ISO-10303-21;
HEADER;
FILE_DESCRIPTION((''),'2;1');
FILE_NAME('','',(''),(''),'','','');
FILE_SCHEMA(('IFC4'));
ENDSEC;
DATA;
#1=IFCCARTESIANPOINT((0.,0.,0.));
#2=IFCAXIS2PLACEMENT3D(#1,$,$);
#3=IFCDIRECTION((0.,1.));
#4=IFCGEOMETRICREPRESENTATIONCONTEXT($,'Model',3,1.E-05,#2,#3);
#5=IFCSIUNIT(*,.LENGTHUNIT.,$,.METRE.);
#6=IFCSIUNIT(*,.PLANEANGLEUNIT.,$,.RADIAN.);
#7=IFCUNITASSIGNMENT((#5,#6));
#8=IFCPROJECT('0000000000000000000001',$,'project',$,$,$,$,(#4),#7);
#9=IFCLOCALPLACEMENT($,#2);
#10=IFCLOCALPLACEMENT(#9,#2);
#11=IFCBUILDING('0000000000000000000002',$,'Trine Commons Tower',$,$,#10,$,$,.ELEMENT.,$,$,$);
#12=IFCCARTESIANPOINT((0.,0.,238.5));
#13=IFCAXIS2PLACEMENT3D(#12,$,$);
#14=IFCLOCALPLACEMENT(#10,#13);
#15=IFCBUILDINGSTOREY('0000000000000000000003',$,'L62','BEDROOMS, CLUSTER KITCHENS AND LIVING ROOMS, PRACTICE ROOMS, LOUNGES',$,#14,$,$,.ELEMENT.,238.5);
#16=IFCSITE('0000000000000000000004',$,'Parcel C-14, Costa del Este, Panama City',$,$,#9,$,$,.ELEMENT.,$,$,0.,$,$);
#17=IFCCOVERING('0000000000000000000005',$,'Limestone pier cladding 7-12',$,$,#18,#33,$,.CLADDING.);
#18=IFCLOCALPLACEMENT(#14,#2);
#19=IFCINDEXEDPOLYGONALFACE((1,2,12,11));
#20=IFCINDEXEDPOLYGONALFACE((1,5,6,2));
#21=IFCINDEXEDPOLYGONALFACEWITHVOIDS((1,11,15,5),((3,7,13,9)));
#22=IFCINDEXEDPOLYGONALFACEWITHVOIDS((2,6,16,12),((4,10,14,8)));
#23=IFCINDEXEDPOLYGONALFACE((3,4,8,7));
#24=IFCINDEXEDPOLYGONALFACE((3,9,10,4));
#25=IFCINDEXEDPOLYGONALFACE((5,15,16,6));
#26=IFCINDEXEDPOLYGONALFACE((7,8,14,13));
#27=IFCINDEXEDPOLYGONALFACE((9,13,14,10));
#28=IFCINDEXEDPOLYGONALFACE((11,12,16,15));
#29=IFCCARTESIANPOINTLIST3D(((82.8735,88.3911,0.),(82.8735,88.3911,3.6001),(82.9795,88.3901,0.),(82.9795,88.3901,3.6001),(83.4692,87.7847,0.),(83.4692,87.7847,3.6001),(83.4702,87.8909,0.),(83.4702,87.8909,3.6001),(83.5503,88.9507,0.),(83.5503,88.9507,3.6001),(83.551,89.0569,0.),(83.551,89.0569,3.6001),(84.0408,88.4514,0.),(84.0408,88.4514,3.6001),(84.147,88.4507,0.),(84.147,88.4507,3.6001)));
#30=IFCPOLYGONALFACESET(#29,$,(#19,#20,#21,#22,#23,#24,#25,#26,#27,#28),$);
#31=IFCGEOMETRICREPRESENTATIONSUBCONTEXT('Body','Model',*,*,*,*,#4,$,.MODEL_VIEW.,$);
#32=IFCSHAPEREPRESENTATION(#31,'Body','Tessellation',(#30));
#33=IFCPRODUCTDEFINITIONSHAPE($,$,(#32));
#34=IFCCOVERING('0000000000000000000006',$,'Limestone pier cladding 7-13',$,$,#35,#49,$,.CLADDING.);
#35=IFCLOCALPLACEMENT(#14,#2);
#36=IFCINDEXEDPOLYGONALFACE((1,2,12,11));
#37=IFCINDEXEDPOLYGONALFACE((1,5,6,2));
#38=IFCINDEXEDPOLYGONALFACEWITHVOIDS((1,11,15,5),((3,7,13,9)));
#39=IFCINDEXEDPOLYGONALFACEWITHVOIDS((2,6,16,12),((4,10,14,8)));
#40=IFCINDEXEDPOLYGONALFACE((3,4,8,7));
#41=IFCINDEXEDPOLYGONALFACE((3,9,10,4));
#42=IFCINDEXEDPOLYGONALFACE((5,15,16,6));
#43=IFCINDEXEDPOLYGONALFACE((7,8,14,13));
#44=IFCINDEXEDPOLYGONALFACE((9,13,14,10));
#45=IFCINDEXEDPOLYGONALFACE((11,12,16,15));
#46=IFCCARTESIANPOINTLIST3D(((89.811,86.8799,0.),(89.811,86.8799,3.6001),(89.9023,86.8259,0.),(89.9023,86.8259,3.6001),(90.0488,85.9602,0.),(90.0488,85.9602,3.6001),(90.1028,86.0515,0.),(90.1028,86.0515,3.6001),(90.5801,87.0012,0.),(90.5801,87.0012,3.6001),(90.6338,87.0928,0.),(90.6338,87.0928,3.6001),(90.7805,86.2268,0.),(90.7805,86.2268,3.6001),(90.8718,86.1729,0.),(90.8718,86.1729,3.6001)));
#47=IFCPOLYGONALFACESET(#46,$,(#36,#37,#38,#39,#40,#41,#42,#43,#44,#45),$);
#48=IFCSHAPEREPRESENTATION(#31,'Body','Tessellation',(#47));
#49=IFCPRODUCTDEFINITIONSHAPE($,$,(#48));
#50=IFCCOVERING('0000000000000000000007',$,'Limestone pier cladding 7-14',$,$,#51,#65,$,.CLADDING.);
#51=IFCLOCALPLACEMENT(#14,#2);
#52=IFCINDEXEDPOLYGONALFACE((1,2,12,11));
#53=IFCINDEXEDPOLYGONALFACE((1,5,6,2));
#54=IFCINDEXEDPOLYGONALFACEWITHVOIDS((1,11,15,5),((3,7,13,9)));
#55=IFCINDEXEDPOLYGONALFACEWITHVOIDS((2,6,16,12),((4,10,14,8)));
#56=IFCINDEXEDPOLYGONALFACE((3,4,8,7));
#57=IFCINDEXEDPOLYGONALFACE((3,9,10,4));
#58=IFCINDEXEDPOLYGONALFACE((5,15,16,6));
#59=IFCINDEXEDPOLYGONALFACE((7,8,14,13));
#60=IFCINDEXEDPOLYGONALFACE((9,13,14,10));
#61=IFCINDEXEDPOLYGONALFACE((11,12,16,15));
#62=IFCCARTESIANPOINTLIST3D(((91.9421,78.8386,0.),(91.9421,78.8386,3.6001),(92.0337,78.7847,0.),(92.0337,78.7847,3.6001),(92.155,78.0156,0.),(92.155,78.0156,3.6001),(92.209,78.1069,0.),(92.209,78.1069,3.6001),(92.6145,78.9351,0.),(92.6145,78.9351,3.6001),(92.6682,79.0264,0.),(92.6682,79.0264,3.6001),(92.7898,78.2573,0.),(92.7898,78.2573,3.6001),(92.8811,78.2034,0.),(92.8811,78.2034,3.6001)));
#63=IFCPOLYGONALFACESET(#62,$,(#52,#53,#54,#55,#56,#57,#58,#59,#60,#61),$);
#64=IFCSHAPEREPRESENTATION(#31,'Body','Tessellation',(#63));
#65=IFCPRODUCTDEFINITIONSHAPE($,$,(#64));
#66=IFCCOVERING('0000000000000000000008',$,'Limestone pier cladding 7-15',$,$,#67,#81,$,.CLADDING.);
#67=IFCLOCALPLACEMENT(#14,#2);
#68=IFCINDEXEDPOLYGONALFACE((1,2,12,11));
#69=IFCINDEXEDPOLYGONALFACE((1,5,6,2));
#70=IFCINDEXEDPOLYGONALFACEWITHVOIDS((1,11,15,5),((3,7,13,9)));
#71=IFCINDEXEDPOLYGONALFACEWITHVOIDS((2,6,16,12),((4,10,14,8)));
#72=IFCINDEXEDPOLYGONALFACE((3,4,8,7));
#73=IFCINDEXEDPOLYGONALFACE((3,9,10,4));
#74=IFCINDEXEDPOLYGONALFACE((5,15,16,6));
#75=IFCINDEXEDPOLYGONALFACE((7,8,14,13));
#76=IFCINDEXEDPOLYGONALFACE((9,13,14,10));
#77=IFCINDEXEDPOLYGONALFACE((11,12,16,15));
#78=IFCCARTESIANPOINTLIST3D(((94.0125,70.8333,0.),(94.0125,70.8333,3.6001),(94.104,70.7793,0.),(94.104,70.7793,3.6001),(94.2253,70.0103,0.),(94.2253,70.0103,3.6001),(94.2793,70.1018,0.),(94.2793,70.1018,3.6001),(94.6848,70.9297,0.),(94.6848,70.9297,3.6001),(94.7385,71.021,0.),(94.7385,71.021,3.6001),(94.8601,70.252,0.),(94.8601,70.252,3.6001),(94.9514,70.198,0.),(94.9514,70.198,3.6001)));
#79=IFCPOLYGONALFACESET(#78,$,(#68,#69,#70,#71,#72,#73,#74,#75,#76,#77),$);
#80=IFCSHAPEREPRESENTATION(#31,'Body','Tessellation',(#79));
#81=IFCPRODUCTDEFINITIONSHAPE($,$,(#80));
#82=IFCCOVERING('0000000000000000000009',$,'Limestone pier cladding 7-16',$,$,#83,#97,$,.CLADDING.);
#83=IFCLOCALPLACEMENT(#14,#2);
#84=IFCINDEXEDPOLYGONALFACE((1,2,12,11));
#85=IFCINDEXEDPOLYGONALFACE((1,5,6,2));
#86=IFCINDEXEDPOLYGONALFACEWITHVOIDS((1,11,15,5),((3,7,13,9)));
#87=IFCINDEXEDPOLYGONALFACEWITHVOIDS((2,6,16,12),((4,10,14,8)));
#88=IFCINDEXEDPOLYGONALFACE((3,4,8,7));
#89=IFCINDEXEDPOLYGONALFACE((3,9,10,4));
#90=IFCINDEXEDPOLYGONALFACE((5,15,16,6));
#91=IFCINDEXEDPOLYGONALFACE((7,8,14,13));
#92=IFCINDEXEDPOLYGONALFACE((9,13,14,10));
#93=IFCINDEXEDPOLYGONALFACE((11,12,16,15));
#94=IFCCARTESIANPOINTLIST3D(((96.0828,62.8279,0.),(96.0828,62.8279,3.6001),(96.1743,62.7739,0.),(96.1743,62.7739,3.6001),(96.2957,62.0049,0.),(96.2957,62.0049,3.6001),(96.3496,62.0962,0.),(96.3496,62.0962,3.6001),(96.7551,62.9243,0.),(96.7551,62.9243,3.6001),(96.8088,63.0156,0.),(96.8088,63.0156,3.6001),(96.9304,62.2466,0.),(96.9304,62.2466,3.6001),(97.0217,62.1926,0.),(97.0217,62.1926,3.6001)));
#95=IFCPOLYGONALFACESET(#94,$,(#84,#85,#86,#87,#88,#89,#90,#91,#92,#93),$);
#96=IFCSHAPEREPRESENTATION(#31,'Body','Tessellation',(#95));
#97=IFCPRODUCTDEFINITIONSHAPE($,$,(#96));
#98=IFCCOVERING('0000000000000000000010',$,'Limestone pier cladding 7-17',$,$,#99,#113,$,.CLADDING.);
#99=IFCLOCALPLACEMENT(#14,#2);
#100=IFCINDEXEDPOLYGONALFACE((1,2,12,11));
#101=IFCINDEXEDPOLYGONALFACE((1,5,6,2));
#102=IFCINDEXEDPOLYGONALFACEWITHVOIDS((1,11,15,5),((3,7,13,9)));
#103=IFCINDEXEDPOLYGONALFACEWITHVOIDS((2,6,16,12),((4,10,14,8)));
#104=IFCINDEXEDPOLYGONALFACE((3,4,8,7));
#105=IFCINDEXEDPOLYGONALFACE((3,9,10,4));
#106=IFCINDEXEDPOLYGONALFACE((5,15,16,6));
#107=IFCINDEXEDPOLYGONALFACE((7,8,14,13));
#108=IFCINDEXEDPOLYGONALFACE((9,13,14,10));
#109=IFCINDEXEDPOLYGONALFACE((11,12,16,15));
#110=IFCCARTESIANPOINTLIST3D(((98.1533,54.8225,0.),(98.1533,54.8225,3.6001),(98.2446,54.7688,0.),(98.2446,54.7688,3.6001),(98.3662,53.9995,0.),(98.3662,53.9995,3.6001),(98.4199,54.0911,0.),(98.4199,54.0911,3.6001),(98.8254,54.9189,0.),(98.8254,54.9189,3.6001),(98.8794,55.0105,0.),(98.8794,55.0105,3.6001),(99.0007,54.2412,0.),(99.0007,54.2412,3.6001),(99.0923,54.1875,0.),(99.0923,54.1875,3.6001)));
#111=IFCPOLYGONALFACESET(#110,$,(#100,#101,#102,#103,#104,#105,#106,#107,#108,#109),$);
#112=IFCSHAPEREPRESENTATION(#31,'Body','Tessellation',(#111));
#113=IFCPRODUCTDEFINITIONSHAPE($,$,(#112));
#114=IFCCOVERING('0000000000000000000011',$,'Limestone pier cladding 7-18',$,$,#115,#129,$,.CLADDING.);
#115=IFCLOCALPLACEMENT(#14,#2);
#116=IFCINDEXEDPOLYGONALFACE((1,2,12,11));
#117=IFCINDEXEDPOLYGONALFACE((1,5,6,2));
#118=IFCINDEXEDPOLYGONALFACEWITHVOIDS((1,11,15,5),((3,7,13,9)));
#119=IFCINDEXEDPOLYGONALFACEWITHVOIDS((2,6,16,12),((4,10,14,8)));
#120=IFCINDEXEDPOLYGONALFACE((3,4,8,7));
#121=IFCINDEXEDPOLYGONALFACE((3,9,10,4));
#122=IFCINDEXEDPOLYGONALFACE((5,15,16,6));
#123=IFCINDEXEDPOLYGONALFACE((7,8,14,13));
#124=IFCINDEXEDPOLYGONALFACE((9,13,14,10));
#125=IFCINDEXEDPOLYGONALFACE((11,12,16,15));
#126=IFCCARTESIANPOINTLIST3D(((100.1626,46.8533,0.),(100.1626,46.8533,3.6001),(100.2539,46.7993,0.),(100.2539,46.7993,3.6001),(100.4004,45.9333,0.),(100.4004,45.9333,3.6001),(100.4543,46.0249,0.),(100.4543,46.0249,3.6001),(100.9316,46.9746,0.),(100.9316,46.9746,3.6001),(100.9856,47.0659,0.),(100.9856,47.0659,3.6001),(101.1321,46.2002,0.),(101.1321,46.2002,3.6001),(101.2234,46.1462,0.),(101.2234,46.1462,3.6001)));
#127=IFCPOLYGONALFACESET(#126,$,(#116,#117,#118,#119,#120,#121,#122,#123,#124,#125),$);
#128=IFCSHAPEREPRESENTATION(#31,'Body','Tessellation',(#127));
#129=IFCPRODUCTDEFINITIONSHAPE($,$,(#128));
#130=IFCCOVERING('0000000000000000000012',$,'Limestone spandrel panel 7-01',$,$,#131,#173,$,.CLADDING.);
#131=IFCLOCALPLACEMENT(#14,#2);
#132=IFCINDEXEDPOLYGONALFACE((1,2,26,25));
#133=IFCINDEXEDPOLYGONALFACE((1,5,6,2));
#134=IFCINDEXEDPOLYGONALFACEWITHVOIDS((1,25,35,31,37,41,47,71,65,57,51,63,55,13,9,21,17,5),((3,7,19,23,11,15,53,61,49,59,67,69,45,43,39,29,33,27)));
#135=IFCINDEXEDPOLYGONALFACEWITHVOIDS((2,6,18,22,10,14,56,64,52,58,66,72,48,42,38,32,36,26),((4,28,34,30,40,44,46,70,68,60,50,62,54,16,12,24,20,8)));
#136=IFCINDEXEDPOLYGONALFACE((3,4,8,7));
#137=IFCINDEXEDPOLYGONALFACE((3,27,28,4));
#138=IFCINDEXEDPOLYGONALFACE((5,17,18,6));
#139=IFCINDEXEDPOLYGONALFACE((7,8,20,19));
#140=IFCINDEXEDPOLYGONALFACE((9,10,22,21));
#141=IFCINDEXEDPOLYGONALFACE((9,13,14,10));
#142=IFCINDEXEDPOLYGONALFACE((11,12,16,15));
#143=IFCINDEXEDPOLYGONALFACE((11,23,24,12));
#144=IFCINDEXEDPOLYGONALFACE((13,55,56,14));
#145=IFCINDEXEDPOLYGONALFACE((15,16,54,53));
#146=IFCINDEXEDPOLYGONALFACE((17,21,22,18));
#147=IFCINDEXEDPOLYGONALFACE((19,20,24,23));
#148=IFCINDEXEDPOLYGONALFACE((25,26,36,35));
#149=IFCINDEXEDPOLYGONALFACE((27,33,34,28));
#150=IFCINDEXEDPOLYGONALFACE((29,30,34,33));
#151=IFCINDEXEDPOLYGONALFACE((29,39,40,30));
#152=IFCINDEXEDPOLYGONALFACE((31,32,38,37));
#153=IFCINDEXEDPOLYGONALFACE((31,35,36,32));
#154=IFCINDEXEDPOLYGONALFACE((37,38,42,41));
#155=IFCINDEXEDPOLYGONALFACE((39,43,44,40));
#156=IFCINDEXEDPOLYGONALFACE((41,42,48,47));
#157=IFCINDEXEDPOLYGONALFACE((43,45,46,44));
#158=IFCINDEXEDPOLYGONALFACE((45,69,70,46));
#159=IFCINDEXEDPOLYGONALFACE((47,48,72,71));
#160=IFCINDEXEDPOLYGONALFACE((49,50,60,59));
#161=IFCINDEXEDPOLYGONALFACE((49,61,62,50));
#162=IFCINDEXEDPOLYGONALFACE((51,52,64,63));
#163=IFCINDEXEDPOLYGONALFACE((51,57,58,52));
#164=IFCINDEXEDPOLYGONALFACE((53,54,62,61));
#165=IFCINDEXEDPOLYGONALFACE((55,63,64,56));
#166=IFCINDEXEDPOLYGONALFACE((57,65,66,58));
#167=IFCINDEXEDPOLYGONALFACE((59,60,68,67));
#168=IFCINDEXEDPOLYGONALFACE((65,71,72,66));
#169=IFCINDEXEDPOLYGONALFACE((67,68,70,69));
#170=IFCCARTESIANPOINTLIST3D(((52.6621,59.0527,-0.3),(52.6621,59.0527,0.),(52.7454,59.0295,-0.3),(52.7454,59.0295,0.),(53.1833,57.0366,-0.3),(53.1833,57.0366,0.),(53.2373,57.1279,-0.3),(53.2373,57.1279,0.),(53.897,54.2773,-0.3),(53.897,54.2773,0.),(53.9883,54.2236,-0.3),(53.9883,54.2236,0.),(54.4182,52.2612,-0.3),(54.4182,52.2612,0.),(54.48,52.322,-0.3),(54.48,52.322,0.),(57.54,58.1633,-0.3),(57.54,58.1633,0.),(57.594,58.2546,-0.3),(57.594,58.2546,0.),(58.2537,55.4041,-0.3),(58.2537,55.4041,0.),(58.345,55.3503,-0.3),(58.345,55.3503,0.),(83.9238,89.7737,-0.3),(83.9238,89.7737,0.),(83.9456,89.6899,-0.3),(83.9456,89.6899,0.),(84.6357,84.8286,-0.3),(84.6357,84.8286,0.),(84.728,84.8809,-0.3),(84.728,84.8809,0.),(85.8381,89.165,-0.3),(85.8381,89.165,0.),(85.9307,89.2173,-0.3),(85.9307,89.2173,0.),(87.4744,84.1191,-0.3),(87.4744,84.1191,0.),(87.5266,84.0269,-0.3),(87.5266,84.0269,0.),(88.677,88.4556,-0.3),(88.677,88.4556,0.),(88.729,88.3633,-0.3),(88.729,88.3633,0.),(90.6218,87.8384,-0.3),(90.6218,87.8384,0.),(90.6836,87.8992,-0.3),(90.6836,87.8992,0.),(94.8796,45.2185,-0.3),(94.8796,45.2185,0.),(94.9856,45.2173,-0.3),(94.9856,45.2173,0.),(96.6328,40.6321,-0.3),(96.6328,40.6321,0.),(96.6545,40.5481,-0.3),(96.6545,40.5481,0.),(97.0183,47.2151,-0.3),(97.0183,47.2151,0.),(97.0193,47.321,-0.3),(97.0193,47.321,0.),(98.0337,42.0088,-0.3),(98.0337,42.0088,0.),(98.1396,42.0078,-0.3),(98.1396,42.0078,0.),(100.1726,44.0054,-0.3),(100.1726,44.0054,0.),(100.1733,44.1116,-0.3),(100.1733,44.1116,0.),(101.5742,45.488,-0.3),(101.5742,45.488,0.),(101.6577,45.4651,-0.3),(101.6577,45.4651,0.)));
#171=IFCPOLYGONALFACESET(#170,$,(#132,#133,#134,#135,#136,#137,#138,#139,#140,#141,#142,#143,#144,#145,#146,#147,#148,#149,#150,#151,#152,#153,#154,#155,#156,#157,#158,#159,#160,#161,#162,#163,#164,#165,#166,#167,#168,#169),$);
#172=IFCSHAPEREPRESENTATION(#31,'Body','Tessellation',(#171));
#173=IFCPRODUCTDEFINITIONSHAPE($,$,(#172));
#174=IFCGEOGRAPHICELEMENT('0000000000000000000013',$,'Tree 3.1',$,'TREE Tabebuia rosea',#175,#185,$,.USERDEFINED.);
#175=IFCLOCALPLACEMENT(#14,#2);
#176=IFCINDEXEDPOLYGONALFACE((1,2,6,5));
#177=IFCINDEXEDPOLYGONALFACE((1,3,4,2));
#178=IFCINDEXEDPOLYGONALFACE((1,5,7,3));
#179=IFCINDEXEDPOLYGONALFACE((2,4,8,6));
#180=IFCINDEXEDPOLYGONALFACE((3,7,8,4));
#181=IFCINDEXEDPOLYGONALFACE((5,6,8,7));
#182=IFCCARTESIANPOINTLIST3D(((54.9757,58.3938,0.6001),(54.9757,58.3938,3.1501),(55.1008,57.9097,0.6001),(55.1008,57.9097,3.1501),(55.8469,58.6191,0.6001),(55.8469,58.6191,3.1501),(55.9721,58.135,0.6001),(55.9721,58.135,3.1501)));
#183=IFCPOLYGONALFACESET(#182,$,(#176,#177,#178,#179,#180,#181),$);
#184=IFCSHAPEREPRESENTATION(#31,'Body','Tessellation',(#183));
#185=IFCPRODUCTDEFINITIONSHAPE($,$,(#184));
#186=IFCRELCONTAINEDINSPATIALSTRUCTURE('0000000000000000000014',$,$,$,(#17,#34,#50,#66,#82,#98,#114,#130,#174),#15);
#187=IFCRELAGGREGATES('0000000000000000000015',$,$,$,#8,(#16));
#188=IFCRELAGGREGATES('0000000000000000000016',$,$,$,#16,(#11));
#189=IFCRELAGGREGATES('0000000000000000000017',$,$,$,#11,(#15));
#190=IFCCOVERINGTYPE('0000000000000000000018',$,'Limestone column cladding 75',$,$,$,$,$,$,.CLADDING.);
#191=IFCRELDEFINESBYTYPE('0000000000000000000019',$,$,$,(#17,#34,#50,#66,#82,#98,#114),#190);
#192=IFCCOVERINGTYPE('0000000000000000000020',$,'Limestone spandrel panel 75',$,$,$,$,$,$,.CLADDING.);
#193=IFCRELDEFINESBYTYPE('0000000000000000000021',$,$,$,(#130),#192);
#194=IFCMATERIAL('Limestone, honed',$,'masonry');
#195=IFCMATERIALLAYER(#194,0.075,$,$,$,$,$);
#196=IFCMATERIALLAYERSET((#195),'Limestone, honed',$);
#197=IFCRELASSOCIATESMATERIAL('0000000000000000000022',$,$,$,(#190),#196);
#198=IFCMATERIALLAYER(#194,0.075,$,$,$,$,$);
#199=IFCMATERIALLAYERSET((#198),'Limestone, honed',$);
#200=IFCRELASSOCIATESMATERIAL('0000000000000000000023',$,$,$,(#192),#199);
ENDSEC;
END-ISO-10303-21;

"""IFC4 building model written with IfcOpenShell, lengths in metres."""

from ifc_helpers import new_model, si_unit, direction, frame, origin, origin_2d, place, context, subcontext, project, spatial, polyline, rectangle, outline, extrude, material, layer, layer_set, type_object, element, save


model = new_model("IFC4")

# Units and contexts
model_context = context("Model", 3, precision=1e-05, world=origin(), true_north=direction((0.0, 1.0)))
body_context = subcontext(model_context, "Body", "Model", "MODEL_VIEW")
ifc_project = project(units=[si_unit("LENGTHUNIT", "METRE"), si_unit("PLANEANGLEUNIT", "RADIAN")], contexts=[model_context])

# Site, building, storey
site_placement = place(None, origin())
site = spatial("IfcSite", under=ifc_project, at=site_placement, Name="Parcel C-14, Costa del Este, Panama City", CompositionType="ELEMENT", RefElevation=0.0)
building_placement = place(site_placement, origin())
building = spatial("IfcBuilding", under=site, at=building_placement, Name="Trine Commons Tower", CompositionType="ELEMENT")
storey_placement = place(building_placement, frame((0.0, 0.0, 238.5)))
storey = spatial("IfcBuildingStorey", under=building, at=storey_placement, Name="L62", Description="BEDROOMS, CLUSTER KITCHENS AND LIVING ROOMS, PRACTICE ROOMS, LOUNGES", CompositionType="ELEMENT", Elevation=238.5)

# Coverings
ifc_material_1 = material(Name="Limestone, honed", Category="masonry")
ifc_layer_1 = layer(ifc_material_1, 0.075)
ifc_layer_set_1 = layer_set([ifc_layer_1], Name="Limestone, honed")
covering_type_1 = type_object("IfcCoveringType", Name="Limestone column cladding 75", PredefinedType="CLADDING", material=ifc_layer_set_1)
covering_1_placement = place(storey_placement, origin())
element("IfcCovering", 1, at=covering_1_placement, inside=storey, type_object=covering_type_1, Name="Limestone pier cladding 7-12", PredefinedType="CLADDING", context=body_context, shape_type="SweptSolid", body=[
    extrude(outline(polyline([(84.147, 88.4507), (83.551, 89.0569), (82.8735, 88.3911), (83.4692, 87.7847), (84.147, 88.4507)]), holes=[polyline([(84.0408, 88.4514), (83.5503, 88.9507), (82.9795, 88.3901), (83.4702, 87.8909), (84.0408, 88.4514)])]), origin(), (0.0, 0.0, 1.0), 3.6001),
])
covering_2_placement = place(storey_placement, origin())
element("IfcCovering", 2, at=covering_2_placement, inside=storey, type_object=covering_type_1, Name="Limestone pier cladding 7-13", PredefinedType="CLADDING", context=body_context, shape_type="SweptSolid", body=[
    extrude(outline(polyline([(90.6338, 87.0928), (89.811, 86.8799), (90.0488, 85.9602), (90.8718, 86.1729), (90.6338, 87.0928)]), holes=[polyline([(90.5801, 87.0012), (89.9023, 86.8259), (90.1028, 86.0515), (90.7805, 86.2268), (90.5801, 87.0012)])]), origin(), (0.0, 0.0, 1.0), 3.6001),
])
covering_3_placement = place(storey_placement, origin())
element("IfcCovering", 3, at=covering_3_placement, inside=storey, type_object=covering_type_1, Name="Limestone pier cladding 7-14", PredefinedType="CLADDING", context=body_context, shape_type="SweptSolid", body=[
    extrude(outline(polyline([(92.6682, 79.0264), (91.9421, 78.8386), (92.155, 78.0156), (92.8811, 78.2034), (92.6682, 79.0264)]), holes=[polyline([(92.6145, 78.9351), (92.0337, 78.7847), (92.209, 78.1069), (92.7898, 78.2573), (92.6145, 78.9351)])]), origin(), (0.0, 0.0, 1.0), 3.6001),
])
covering_4_placement = place(storey_placement, origin())
element("IfcCovering", 4, at=covering_4_placement, inside=storey, type_object=covering_type_1, Name="Limestone pier cladding 7-15", PredefinedType="CLADDING", context=body_context, shape_type="SweptSolid", body=[
    extrude(outline(polyline([(94.7385, 71.021), (94.0125, 70.8333), (94.2253, 70.0103), (94.9514, 70.198), (94.7385, 71.021)]), holes=[polyline([(94.6848, 70.9297), (94.104, 70.7793), (94.2793, 70.1018), (94.8601, 70.252), (94.6848, 70.9297)])]), origin(), (0.0, 0.0, 1.0), 3.6001),
])
covering_5_placement = place(storey_placement, origin())
element("IfcCovering", 5, at=covering_5_placement, inside=storey, type_object=covering_type_1, Name="Limestone pier cladding 7-16", PredefinedType="CLADDING", context=body_context, shape_type="SweptSolid", body=[
    extrude(outline(polyline([(96.8088, 63.0156), (96.0828, 62.8279), (96.2957, 62.0049), (97.0217, 62.1926), (96.8088, 63.0156)]), holes=[polyline([(96.7551, 62.9243), (96.1743, 62.7739), (96.3496, 62.0962), (96.9304, 62.2466), (96.7551, 62.9243)])]), origin(), (0.0, 0.0, 1.0), 3.6001),
])
covering_6_placement = place(storey_placement, origin())
element("IfcCovering", 6, at=covering_6_placement, inside=storey, type_object=covering_type_1, Name="Limestone pier cladding 7-17", PredefinedType="CLADDING", context=body_context, shape_type="SweptSolid", body=[
    extrude(outline(polyline([(98.8794, 55.0105), (98.1533, 54.8225), (98.3662, 53.9995), (99.0923, 54.1875), (98.8794, 55.0105)]), holes=[polyline([(98.8254, 54.9189), (98.2446, 54.7688), (98.4199, 54.0911), (99.0007, 54.2412), (98.8254, 54.9189)])]), origin(), (0.0, 0.0, 1.0), 3.6001),
])
covering_7_placement = place(storey_placement, origin())
element("IfcCovering", 7, at=covering_7_placement, inside=storey, type_object=covering_type_1, Name="Limestone pier cladding 7-18", PredefinedType="CLADDING", context=body_context, shape_type="SweptSolid", body=[
    extrude(outline(polyline([(100.9856, 47.0659), (100.1626, 46.8533), (100.4004, 45.9333), (101.2234, 46.1462), (100.9856, 47.0659)]), holes=[polyline([(100.9316, 46.9746), (100.2539, 46.7993), (100.4543, 46.0249), (101.1321, 46.2002), (100.9316, 46.9746)])]), origin(), (0.0, 0.0, 1.0), 3.6001),
])
ifc_layer_2 = layer(ifc_material_1, 0.075)
ifc_layer_set_2 = layer_set([ifc_layer_2], Name="Limestone, honed")
covering_type_2 = type_object("IfcCoveringType", Name="Limestone spandrel panel 75", PredefinedType="CLADDING", material=ifc_layer_set_2)
covering_8_placement = place(storey_placement, frame((0.0, 0.0, -0.3)))
element("IfcCovering", 8, at=covering_8_placement, inside=storey, type_object=covering_type_2, Name="Limestone spandrel panel 7-01", PredefinedType="CLADDING", context=body_context, shape_type="SweptSolid", body=[
    extrude(outline(polyline([(97.0183, 47.2151), (100.1726, 44.0054), (101.6577, 45.4651), (90.6836, 87.8992), (88.677, 88.4556), (87.4744, 84.1191), (84.728, 84.8809), (85.9307, 89.2173), (83.9238, 89.7737), (52.6621, 59.0527), (53.1833, 57.0366), (57.54, 58.1633), (58.2537, 55.4041), (53.897, 54.2773), (54.4182, 52.2612), (96.6545, 40.5481), (98.1396, 42.0078), (94.9856, 45.2173), (97.0183, 47.2151)]), holes=[polyline([(88.729, 88.3633), (90.6218, 87.8384), (101.5742, 45.488), (100.1733, 44.1116), (97.0193, 47.321), (94.8796, 45.2185), (98.0337, 42.0088), (96.6328, 40.6321), (54.48, 52.322), (53.9883, 54.2236), (58.345, 55.3503), (57.594, 58.2546), (53.2373, 57.1279), (52.7454, 59.0295), (83.9456, 89.6899), (85.8381, 89.165), (84.6357, 84.8286), (87.5266, 84.0269), (88.729, 88.3633)])]), origin(), (0.0, 0.0, 1.0), 0.3),
])

# Geographic element
geographic_element_placement = place(storey_placement, frame((55.4739, 58.2644, 0.6001), z_axis=(0.0, 0.0, 1.0), x_axis=(-0.968152, -0.250363, 0.0)))
element("IfcGeographicElement", 9, at=geographic_element_placement, inside=storey, Name="Tree 3.1", ObjectType="TREE Tabebuia rosea", PredefinedType="USERDEFINED", context=body_context, shape_type="SweptSolid", body=[
    extrude(rectangle(XDim=0.8999, YDim=0.5, at=origin_2d()), origin(), (0.0, 0.0, 1.0), 2.55),
])

save(model, "model.ifc")
